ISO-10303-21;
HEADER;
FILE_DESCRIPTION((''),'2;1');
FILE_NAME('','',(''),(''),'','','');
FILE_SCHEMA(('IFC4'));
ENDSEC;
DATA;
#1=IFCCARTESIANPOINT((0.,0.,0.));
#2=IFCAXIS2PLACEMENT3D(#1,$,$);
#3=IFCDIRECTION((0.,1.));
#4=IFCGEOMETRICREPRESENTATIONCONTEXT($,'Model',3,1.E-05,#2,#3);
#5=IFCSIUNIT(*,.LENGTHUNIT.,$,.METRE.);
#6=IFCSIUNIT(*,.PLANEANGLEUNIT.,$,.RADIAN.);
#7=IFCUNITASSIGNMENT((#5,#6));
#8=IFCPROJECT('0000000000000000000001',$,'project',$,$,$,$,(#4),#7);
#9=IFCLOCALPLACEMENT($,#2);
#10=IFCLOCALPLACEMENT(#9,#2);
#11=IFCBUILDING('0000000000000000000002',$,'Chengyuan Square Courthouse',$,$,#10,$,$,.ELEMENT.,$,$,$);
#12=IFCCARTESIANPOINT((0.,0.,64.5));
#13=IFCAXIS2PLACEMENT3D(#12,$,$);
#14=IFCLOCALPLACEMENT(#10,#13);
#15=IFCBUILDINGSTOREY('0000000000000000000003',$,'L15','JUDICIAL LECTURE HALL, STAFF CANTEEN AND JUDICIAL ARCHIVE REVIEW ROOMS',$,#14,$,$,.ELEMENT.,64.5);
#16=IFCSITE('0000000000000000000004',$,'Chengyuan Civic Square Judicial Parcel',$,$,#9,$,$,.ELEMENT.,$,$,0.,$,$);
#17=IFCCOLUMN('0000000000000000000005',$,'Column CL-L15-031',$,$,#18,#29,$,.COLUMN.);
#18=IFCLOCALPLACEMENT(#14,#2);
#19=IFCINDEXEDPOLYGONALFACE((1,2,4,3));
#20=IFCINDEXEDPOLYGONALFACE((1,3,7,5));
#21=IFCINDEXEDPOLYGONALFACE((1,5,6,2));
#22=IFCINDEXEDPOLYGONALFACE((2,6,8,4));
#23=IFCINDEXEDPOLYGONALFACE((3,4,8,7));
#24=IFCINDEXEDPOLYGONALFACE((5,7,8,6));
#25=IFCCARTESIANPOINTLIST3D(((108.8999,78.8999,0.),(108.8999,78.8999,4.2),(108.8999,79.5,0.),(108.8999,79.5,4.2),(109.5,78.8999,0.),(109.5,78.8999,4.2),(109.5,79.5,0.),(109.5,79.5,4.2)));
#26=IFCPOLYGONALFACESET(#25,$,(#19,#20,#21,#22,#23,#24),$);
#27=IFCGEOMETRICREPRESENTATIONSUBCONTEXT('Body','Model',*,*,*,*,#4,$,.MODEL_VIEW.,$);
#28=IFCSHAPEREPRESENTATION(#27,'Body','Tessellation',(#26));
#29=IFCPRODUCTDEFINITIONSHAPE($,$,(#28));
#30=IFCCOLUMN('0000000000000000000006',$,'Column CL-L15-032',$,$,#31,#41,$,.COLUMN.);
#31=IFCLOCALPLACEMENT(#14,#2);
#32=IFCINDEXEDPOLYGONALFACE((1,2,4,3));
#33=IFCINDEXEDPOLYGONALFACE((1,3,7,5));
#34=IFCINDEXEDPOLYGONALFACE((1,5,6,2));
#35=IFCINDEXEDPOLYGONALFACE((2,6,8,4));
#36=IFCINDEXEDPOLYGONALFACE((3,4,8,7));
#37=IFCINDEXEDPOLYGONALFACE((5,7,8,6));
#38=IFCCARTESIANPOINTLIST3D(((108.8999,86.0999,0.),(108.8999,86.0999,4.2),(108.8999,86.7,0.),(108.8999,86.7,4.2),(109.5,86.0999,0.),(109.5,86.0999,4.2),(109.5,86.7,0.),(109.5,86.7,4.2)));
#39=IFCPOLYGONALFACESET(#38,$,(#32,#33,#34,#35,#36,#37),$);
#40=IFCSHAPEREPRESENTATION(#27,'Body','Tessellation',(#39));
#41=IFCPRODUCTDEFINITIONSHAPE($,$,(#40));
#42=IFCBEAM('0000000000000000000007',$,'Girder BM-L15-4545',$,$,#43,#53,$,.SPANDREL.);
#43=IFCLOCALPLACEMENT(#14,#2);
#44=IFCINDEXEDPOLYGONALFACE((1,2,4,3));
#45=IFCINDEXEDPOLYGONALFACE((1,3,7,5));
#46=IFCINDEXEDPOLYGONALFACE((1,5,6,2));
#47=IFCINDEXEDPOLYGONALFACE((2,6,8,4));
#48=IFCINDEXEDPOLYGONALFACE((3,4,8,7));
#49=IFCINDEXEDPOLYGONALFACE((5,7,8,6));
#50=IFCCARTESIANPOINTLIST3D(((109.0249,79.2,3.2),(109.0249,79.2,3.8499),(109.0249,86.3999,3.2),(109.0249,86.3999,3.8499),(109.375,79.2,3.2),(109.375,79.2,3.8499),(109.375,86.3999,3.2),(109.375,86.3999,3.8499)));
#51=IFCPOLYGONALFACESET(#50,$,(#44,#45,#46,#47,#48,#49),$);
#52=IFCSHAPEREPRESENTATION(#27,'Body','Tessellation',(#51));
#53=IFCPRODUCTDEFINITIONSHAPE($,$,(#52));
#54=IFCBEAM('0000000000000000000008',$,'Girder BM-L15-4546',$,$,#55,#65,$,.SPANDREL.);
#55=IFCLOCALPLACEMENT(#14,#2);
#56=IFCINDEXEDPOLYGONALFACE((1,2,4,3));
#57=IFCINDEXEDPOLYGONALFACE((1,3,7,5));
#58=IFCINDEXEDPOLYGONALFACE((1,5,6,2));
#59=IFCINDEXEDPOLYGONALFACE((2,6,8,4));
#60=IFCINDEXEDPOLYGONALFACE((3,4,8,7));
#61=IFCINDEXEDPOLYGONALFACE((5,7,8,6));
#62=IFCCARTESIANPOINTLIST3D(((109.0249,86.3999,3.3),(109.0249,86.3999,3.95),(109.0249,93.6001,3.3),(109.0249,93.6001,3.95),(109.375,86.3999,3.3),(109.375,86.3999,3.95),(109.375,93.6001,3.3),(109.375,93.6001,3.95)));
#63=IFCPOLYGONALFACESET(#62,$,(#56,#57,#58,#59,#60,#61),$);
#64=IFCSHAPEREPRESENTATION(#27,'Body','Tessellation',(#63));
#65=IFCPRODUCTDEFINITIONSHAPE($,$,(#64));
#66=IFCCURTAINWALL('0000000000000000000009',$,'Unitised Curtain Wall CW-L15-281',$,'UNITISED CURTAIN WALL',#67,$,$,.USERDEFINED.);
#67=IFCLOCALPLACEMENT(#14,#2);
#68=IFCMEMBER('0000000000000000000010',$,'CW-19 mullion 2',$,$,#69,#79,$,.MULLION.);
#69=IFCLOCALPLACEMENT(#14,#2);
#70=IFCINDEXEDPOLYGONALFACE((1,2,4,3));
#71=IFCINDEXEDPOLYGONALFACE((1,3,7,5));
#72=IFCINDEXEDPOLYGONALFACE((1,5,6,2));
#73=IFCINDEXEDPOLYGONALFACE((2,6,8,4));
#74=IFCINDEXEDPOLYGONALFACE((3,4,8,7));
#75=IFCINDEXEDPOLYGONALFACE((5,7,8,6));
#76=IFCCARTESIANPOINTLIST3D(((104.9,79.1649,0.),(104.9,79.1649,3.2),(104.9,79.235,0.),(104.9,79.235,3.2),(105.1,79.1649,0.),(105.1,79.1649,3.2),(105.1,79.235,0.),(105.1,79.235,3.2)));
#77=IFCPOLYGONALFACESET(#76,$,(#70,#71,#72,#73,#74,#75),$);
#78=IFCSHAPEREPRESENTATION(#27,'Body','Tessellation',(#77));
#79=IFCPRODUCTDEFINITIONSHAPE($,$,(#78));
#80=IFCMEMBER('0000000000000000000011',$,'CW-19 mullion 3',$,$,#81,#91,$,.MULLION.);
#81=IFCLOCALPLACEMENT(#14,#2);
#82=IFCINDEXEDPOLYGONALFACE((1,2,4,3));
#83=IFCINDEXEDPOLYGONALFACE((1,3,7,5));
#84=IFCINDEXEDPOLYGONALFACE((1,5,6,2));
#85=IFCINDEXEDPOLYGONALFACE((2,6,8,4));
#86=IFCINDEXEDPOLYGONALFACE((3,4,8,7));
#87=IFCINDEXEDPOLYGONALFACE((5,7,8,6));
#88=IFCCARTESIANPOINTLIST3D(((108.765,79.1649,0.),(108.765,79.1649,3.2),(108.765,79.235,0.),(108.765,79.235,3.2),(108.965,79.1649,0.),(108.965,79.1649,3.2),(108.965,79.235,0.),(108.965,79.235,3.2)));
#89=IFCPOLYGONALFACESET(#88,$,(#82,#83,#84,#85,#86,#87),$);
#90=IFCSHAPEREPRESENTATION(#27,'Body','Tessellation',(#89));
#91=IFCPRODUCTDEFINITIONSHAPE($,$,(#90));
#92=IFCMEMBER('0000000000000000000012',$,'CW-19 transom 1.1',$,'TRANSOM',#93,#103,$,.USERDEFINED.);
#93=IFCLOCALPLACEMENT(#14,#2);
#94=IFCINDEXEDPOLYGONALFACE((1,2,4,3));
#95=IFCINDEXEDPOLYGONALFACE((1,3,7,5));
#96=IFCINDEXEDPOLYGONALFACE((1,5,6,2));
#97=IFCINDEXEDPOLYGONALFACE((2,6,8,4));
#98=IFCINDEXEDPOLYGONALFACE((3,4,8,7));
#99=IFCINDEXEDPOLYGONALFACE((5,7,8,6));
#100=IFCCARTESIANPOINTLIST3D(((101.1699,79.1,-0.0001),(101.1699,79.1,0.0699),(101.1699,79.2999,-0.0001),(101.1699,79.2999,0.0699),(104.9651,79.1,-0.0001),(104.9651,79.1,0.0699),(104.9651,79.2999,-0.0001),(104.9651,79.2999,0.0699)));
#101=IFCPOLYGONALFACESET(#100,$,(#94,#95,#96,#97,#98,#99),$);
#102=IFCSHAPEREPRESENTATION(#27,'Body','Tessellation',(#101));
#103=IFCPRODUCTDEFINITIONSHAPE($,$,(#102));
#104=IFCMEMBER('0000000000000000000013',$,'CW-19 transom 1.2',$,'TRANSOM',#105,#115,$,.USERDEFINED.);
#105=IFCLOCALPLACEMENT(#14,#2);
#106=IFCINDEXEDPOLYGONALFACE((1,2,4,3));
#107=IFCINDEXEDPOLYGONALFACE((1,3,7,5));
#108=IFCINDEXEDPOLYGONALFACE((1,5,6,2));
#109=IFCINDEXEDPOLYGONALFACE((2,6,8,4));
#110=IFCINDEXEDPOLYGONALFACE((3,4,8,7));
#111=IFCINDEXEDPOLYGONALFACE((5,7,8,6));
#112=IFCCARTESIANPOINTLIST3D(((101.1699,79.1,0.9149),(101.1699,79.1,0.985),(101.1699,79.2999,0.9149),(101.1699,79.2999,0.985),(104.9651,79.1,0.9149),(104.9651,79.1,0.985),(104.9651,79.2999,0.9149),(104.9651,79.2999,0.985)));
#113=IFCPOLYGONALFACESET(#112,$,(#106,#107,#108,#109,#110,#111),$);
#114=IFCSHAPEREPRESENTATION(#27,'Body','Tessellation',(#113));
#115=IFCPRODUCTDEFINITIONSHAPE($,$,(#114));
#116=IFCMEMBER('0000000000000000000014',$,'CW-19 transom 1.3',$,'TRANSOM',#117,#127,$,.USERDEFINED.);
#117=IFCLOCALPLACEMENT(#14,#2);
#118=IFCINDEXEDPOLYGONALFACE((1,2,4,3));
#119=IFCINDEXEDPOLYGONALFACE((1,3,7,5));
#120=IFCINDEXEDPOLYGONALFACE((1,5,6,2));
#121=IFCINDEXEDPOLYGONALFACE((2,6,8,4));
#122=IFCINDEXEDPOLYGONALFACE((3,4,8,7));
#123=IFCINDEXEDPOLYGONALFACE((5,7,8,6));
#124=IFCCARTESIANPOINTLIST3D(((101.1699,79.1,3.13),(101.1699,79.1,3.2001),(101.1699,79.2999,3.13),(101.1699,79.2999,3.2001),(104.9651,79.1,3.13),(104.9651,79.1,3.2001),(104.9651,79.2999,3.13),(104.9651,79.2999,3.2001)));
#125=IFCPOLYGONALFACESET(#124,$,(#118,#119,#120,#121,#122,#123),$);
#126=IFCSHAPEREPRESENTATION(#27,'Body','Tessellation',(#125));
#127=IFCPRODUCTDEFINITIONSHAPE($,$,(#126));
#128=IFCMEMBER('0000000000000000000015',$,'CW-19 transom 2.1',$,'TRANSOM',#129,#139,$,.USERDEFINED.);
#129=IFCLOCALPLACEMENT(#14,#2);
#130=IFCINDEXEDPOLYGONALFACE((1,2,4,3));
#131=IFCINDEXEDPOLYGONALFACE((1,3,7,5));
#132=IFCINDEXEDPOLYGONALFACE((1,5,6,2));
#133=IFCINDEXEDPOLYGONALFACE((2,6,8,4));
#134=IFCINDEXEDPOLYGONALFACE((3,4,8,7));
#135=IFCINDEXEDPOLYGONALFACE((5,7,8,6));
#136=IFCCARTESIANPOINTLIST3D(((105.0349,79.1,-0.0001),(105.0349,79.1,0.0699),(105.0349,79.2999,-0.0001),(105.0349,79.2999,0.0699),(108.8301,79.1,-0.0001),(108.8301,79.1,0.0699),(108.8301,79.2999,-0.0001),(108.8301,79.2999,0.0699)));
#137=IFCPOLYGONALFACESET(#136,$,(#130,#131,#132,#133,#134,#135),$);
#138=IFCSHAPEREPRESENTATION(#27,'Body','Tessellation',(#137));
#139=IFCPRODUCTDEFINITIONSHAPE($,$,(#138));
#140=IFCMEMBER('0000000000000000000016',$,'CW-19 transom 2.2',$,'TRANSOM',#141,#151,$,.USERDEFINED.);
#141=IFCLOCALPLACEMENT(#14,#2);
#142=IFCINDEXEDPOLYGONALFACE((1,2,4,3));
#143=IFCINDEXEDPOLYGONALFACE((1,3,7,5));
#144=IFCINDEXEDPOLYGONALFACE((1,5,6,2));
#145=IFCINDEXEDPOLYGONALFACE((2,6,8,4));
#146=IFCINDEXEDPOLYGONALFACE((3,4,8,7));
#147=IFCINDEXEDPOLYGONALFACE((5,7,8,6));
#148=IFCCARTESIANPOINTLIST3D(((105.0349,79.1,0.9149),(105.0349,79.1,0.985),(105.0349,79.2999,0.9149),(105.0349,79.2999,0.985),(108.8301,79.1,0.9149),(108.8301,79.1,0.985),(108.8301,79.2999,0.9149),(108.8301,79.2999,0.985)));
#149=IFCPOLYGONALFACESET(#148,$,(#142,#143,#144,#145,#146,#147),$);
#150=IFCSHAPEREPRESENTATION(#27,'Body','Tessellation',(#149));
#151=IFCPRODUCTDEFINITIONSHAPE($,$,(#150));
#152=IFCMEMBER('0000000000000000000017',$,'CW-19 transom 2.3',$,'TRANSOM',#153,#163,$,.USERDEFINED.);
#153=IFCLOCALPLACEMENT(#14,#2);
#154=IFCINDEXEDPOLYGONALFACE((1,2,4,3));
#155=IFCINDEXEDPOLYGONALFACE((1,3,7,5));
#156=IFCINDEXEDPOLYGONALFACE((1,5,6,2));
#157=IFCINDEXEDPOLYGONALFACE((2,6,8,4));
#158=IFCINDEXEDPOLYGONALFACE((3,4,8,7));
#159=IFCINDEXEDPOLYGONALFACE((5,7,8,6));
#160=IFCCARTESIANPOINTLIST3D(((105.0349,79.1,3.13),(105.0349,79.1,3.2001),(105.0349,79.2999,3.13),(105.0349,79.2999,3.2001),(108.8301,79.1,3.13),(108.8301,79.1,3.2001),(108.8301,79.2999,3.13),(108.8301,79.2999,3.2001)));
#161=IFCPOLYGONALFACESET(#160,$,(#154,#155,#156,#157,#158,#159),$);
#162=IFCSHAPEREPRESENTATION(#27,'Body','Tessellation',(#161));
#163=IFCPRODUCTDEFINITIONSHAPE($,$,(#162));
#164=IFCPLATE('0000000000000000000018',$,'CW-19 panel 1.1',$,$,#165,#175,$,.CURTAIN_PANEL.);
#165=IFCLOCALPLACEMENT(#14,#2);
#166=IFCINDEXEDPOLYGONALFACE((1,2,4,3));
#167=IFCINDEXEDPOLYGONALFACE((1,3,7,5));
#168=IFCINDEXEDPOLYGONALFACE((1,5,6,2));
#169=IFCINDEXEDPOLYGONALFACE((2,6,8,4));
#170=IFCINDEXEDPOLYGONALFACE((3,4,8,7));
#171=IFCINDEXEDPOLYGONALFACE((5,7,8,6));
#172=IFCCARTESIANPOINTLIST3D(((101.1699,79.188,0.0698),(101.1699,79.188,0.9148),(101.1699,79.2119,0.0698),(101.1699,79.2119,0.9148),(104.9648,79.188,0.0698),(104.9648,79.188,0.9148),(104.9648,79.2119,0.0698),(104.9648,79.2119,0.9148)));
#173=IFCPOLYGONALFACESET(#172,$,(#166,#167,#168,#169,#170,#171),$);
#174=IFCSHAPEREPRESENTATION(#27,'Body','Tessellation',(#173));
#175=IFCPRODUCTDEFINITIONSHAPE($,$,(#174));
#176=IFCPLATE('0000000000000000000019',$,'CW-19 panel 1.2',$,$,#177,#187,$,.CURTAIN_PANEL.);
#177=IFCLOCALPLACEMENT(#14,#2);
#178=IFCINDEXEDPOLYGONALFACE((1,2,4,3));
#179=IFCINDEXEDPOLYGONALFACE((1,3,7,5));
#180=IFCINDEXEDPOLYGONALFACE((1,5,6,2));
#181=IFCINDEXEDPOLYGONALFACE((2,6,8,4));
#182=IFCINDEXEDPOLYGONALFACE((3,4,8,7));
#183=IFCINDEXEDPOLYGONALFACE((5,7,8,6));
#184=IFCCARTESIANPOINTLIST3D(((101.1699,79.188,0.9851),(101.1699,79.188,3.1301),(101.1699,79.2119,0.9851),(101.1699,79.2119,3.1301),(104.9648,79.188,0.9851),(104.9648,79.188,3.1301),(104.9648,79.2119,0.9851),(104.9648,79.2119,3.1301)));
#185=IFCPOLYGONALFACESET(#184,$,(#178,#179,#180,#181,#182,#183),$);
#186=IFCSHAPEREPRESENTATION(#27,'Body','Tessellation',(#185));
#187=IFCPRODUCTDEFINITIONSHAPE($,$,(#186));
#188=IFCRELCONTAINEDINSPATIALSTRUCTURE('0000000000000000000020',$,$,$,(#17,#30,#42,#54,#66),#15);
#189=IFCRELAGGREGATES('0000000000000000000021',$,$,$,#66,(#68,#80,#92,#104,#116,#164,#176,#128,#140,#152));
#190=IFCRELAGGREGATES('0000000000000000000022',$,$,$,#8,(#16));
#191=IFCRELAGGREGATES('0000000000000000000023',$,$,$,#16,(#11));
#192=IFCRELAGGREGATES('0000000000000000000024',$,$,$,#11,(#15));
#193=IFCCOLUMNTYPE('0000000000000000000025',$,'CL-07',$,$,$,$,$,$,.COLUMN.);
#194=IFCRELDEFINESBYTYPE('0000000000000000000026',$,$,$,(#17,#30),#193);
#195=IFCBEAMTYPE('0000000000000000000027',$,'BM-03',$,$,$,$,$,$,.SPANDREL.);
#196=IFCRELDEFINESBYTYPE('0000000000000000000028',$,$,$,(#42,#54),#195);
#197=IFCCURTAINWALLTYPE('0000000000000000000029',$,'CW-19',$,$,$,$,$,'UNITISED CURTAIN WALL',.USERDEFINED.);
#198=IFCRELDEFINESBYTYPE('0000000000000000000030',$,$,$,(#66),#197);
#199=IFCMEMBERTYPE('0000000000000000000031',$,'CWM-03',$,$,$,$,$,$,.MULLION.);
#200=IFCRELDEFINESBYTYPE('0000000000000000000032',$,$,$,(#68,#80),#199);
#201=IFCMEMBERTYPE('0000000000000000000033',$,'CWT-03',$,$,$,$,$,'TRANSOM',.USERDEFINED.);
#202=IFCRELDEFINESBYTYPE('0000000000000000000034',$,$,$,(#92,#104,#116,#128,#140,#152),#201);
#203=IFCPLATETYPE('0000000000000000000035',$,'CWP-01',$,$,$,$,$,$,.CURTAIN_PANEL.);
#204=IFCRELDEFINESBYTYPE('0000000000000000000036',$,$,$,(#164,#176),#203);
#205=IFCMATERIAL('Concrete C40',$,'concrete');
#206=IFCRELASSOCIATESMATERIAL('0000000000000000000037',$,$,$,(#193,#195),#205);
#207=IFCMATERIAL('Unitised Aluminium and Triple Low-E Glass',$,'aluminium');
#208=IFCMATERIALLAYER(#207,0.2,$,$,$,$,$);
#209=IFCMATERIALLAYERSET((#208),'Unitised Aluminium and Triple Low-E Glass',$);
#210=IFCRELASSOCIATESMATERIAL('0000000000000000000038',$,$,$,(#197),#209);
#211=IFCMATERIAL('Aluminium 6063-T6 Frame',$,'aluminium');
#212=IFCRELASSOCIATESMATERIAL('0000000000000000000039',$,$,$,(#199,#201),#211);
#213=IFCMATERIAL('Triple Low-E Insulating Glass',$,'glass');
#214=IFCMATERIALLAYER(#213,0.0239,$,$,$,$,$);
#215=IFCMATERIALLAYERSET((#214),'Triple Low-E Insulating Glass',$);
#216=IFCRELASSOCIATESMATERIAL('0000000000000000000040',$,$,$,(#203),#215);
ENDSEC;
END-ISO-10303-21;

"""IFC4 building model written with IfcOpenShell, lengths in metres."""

from ifc_helpers import new_model, si_unit, direction, frame, origin, origin_2d, place, context, subcontext, project, spatial, rectangle, extrude, material, layer, layer_set, material_profile, profile_set, type_object, element, aggregate, save


model = new_model("IFC4")

# Units and contexts
model_context = context("Model", 3, precision=1e-05, world=origin(), true_north=direction((0.0, 1.0)))
body_context = subcontext(model_context, "Body", "Model", "MODEL_VIEW")
ifc_project = project(units=[si_unit("LENGTHUNIT", "METRE"), si_unit("PLANEANGLEUNIT", "RADIAN")], contexts=[model_context])

# Site, building, storey
site_placement = place(None, origin())
site = spatial("IfcSite", under=ifc_project, at=site_placement, Name="Chengyuan Civic Square Judicial Parcel", CompositionType="ELEMENT", RefElevation=0.0)
building_placement = place(site_placement, origin())
building = spatial("IfcBuilding", under=site, at=building_placement, Name="Chengyuan Square Courthouse", CompositionType="ELEMENT")
storey_placement = place(building_placement, frame((0.0, 0.0, 64.5)))
storey = spatial("IfcBuildingStorey", under=building, at=storey_placement, Name="L15", Description="JUDICIAL LECTURE HALL, STAFF CANTEEN AND JUDICIAL ARCHIVE REVIEW ROOMS", CompositionType="ELEMENT", Elevation=64.5)

# Columns
ifc_material_1 = material(Name="Concrete C40", Category="concrete")
ifc_material_profile_1 = material_profile(ifc_material_1, rectangle(XDim=0.6001, YDim=0.6001, at=origin_2d()), Name="RC-COL-600x600")
ifc_profile_set_1 = profile_set([ifc_material_profile_1], Name="Concrete C40")
column_type = type_object("IfcColumnType", Name="CL-07", PredefinedType="COLUMN", material=ifc_profile_set_1)
for number, where, z_axis, x_axis, name in (
    (1, (109.2, 79.2, 0.0), (0.0, 0.0, 1.0), (1.0, 0.0, 0.0), "Column CL-L15-031"),
    (2, (109.2, 86.3999, 0.0), (0.0, 0.0, 1.0), (1.0, 0.0, 0.0), "Column CL-L15-032"),
):
    element("IfcColumn", number, at=place(storey_placement, frame(where, z_axis=z_axis, x_axis=x_axis)), inside=storey, type_object=column_type, Name=name, PredefinedType="COLUMN", context=body_context, shape_type="SweptSolid", body=[
        extrude(rectangle(XDim=0.6001, YDim=0.6001, at=origin_2d()), origin(), (0.0, 0.0, 1.0), 4.2),
    ])

# Beams
ifc_material_profile_2 = material_profile(ifc_material_1, rectangle(XDim=0.3501, YDim=0.6499, at=origin_2d()), Name="RC-BM-350x650")
ifc_profile_set_2 = profile_set([ifc_material_profile_2], Name="Concrete C40")
beam_type = type_object("IfcBeamType", Name="BM-03", PredefinedType="SPANDREL", material=ifc_profile_set_2)
beam_1_placement = place(storey_placement, frame((109.2, 79.2, 3.5249), z_axis=(0.0, 1.0, 0.0), x_axis=(-1.0, 0.0, 0.0)))
element("IfcBeam", 3, at=beam_1_placement, inside=storey, type_object=beam_type, Name="Girder BM-L15-4545", PredefinedType="SPANDREL", context=body_context, shape_type="SweptSolid", body=[
    extrude(rectangle(XDim=0.3501, YDim=0.6499, at=origin_2d()), origin(), (0.0, 0.0, 1.0), 7.2),
])
beam_2_placement = place(storey_placement, frame((109.2, 86.3999, 3.625), z_axis=(0.0, 1.0, 0.0), x_axis=(-1.0, 0.0, 0.0)))
element("IfcBeam", 4, at=beam_2_placement, inside=storey, type_object=beam_type, Name="Girder BM-L15-4546", PredefinedType="SPANDREL", context=body_context, shape_type="SweptSolid", body=[
    extrude(rectangle(XDim=0.3501, YDim=0.6499, at=origin_2d()), origin(), (0.0, 0.0, 1.0), 7.2002),
])

# Curtain wall, members, plates
ifc_material_2 = material(Name="Unitised Aluminium and Triple Low-E Glass", Category="aluminium")
ifc_layer_1 = layer(ifc_material_2, 0.2)
ifc_layer_set_1 = layer_set([ifc_layer_1], Name="Unitised Aluminium and Triple Low-E Glass")
curtain_wall_type = type_object("IfcCurtainWallType", Name="CW-19", ElementType="UNITISED CURTAIN WALL", PredefinedType="USERDEFINED", material=ifc_layer_set_1)
curtain_wall_placement = place(storey_placement, origin())
curtain_wall = element("IfcCurtainWall", 5, at=curtain_wall_placement, inside=storey, type_object=curtain_wall_type, Name="Unitised Curtain Wall CW-L15-281", ObjectType="UNITISED CURTAIN WALL", PredefinedType="USERDEFINED")
ifc_material_3 = material(Name="Aluminium 6063-T6 Frame", Category="aluminium")
ifc_material_profile_3 = material_profile(ifc_material_3, rectangle(XDim=0.0701, YDim=0.2, at=origin_2d()), Name="CW-MUL-70x200")
ifc_profile_set_3 = profile_set([ifc_material_profile_3], Name="Aluminium 6063-T6 Frame")
member_type_1 = type_object("IfcMemberType", Name="CWM-03", PredefinedType="MULLION", material=ifc_profile_set_3)
member_1_placement = place(storey_placement, frame((105.0, 79.2, 0.0), z_axis=(0.0, 0.0, 1.0), x_axis=(0.0, 1.0, 0.0)))
member_1 = element("IfcMember", 6, at=member_1_placement, type_object=member_type_1, Name="CW-19 mullion 2", PredefinedType="MULLION", context=body_context, shape_type="SweptSolid", body=[
    extrude(rectangle(XDim=0.0701, YDim=0.2, at=origin_2d()), origin(), (0.0, 0.0, 1.0), 3.2),
])
member_2_placement = place(storey_placement, frame((108.865, 79.2, 0.0), z_axis=(0.0, 0.0, 1.0), x_axis=(0.0, 1.0, 0.0)))
member_2 = element("IfcMember", 7, at=member_2_placement, type_object=member_type_1, Name="CW-19 mullion 3", PredefinedType="MULLION", context=body_context, shape_type="SweptSolid", body=[
    extrude(rectangle(XDim=0.0701, YDim=0.2, at=origin_2d()), origin(), (0.0, 0.0, 1.0), 3.2),
])
ifc_material_profile_4 = material_profile(ifc_material_3, rectangle(XDim=0.2, YDim=0.0701, at=origin_2d()), Name="CW-TRN-70x160")
ifc_profile_set_4 = profile_set([ifc_material_profile_4], Name="Aluminium 6063-T6 Frame")
member_type_2 = type_object("IfcMemberType", Name="CWT-03", ElementType="TRANSOM", PredefinedType="USERDEFINED", material=ifc_profile_set_4)
member_3_placement = place(storey_placement, frame((101.1699, 79.2, 0.0349), z_axis=(1.0, 0.0, 0.0), x_axis=(0.0, 1.0, 0.0)))
member_3 = element("IfcMember", 8, at=member_3_placement, type_object=member_type_2, Name="CW-19 transom 1.1", ObjectType="TRANSOM", PredefinedType="USERDEFINED", context=body_context, shape_type="SweptSolid", body=[
    extrude(rectangle(XDim=0.2, YDim=0.0701, at=origin_2d()), origin(), (0.0, 0.0, 1.0), 3.7952),
])
member_4_placement = place(storey_placement, frame((101.1699, 79.2, 0.95), z_axis=(1.0, 0.0, 0.0), x_axis=(0.0, 1.0, 0.0)))
member_4 = element("IfcMember", 9, at=member_4_placement, type_object=member_type_2, Name="CW-19 transom 1.2", ObjectType="TRANSOM", PredefinedType="USERDEFINED", context=body_context, shape_type="SweptSolid", body=[
    extrude(rectangle(XDim=0.2, YDim=0.0701, at=origin_2d()), origin(), (0.0, 0.0, 1.0), 3.7952),
])
member_5_placement = place(storey_placement, frame((101.1699, 79.2, 3.165), z_axis=(1.0, 0.0, 0.0), x_axis=(0.0, 1.0, 0.0)))
member_5 = element("IfcMember", 10, at=member_5_placement, type_object=member_type_2, Name="CW-19 transom 1.3", ObjectType="TRANSOM", PredefinedType="USERDEFINED", context=body_context, shape_type="SweptSolid", body=[
    extrude(rectangle(XDim=0.2, YDim=0.0701, at=origin_2d()), origin(), (0.0, 0.0, 1.0), 3.7952),
])
member_6_placement = place(storey_placement, frame((105.0349, 79.2, 0.0349), z_axis=(1.0, 0.0, 0.0), x_axis=(0.0, 1.0, 0.0)))
member_6 = element("IfcMember", 11, at=member_6_placement, type_object=member_type_2, Name="CW-19 transom 2.1", ObjectType="TRANSOM", PredefinedType="USERDEFINED", context=body_context, shape_type="SweptSolid", body=[
    extrude(rectangle(XDim=0.2, YDim=0.0701, at=origin_2d()), origin(), (0.0, 0.0, 1.0), 3.7952),
])
member_7_placement = place(storey_placement, frame((105.0349, 79.2, 0.95), z_axis=(1.0, 0.0, 0.0), x_axis=(0.0, 1.0, 0.0)))
member_7 = element("IfcMember", 12, at=member_7_placement, type_object=member_type_2, Name="CW-19 transom 2.2", ObjectType="TRANSOM", PredefinedType="USERDEFINED", context=body_context, shape_type="SweptSolid", body=[
    extrude(rectangle(XDim=0.2, YDim=0.0701, at=origin_2d()), origin(), (0.0, 0.0, 1.0), 3.7952),
])
member_8_placement = place(storey_placement, frame((105.0349, 79.2, 3.165), z_axis=(1.0, 0.0, 0.0), x_axis=(0.0, 1.0, 0.0)))
member_8 = element("IfcMember", 13, at=member_8_placement, type_object=member_type_2, Name="CW-19 transom 2.3", ObjectType="TRANSOM", PredefinedType="USERDEFINED", context=body_context, shape_type="SweptSolid", body=[
    extrude(rectangle(XDim=0.2, YDim=0.0701, at=origin_2d()), origin(), (0.0, 0.0, 1.0), 3.7952),
])
ifc_material_4 = material(Name="Triple Low-E Insulating Glass", Category="glass")
ifc_layer_2 = layer(ifc_material_4, 0.0239)
ifc_layer_set_2 = layer_set([ifc_layer_2], Name="Triple Low-E Insulating Glass")
plate_type = type_object("IfcPlateType", Name="CWP-01", PredefinedType="CURTAIN_PANEL", material=ifc_layer_set_2)
plate_1_placement = place(storey_placement, frame((103.0674, 79.2, 0.0698), z_axis=(0.0, 0.0, 1.0), x_axis=(1.0, 0.0, 0.0)))
plate_1 = element("IfcPlate", 14, at=plate_1_placement, type_object=plate_type, Name="CW-19 panel 1.1", PredefinedType="CURTAIN_PANEL", context=body_context, shape_type="SweptSolid", body=[
    extrude(rectangle(XDim=3.7949, YDim=0.0239, at=origin_2d()), origin(), (0.0, 0.0, 1.0), 0.845),
])
plate_2_placement = place(storey_placement, frame((103.0674, 79.2, 0.9851), z_axis=(0.0, 0.0, 1.0), x_axis=(1.0, 0.0, 0.0)))
plate_2 = element("IfcPlate", 15, at=plate_2_placement, type_object=plate_type, Name="CW-19 panel 1.2", PredefinedType="CURTAIN_PANEL", context=body_context, shape_type="SweptSolid", body=[
    extrude(rectangle(XDim=3.7949, YDim=0.0239, at=origin_2d()), origin(), (0.0, 0.0, 1.0), 2.145),
])
aggregate(curtain_wall, [member_1, member_2, member_3, member_4, member_5, plate_1, plate_2, member_6, member_7, member_8])

save(model, "model.ifc")
